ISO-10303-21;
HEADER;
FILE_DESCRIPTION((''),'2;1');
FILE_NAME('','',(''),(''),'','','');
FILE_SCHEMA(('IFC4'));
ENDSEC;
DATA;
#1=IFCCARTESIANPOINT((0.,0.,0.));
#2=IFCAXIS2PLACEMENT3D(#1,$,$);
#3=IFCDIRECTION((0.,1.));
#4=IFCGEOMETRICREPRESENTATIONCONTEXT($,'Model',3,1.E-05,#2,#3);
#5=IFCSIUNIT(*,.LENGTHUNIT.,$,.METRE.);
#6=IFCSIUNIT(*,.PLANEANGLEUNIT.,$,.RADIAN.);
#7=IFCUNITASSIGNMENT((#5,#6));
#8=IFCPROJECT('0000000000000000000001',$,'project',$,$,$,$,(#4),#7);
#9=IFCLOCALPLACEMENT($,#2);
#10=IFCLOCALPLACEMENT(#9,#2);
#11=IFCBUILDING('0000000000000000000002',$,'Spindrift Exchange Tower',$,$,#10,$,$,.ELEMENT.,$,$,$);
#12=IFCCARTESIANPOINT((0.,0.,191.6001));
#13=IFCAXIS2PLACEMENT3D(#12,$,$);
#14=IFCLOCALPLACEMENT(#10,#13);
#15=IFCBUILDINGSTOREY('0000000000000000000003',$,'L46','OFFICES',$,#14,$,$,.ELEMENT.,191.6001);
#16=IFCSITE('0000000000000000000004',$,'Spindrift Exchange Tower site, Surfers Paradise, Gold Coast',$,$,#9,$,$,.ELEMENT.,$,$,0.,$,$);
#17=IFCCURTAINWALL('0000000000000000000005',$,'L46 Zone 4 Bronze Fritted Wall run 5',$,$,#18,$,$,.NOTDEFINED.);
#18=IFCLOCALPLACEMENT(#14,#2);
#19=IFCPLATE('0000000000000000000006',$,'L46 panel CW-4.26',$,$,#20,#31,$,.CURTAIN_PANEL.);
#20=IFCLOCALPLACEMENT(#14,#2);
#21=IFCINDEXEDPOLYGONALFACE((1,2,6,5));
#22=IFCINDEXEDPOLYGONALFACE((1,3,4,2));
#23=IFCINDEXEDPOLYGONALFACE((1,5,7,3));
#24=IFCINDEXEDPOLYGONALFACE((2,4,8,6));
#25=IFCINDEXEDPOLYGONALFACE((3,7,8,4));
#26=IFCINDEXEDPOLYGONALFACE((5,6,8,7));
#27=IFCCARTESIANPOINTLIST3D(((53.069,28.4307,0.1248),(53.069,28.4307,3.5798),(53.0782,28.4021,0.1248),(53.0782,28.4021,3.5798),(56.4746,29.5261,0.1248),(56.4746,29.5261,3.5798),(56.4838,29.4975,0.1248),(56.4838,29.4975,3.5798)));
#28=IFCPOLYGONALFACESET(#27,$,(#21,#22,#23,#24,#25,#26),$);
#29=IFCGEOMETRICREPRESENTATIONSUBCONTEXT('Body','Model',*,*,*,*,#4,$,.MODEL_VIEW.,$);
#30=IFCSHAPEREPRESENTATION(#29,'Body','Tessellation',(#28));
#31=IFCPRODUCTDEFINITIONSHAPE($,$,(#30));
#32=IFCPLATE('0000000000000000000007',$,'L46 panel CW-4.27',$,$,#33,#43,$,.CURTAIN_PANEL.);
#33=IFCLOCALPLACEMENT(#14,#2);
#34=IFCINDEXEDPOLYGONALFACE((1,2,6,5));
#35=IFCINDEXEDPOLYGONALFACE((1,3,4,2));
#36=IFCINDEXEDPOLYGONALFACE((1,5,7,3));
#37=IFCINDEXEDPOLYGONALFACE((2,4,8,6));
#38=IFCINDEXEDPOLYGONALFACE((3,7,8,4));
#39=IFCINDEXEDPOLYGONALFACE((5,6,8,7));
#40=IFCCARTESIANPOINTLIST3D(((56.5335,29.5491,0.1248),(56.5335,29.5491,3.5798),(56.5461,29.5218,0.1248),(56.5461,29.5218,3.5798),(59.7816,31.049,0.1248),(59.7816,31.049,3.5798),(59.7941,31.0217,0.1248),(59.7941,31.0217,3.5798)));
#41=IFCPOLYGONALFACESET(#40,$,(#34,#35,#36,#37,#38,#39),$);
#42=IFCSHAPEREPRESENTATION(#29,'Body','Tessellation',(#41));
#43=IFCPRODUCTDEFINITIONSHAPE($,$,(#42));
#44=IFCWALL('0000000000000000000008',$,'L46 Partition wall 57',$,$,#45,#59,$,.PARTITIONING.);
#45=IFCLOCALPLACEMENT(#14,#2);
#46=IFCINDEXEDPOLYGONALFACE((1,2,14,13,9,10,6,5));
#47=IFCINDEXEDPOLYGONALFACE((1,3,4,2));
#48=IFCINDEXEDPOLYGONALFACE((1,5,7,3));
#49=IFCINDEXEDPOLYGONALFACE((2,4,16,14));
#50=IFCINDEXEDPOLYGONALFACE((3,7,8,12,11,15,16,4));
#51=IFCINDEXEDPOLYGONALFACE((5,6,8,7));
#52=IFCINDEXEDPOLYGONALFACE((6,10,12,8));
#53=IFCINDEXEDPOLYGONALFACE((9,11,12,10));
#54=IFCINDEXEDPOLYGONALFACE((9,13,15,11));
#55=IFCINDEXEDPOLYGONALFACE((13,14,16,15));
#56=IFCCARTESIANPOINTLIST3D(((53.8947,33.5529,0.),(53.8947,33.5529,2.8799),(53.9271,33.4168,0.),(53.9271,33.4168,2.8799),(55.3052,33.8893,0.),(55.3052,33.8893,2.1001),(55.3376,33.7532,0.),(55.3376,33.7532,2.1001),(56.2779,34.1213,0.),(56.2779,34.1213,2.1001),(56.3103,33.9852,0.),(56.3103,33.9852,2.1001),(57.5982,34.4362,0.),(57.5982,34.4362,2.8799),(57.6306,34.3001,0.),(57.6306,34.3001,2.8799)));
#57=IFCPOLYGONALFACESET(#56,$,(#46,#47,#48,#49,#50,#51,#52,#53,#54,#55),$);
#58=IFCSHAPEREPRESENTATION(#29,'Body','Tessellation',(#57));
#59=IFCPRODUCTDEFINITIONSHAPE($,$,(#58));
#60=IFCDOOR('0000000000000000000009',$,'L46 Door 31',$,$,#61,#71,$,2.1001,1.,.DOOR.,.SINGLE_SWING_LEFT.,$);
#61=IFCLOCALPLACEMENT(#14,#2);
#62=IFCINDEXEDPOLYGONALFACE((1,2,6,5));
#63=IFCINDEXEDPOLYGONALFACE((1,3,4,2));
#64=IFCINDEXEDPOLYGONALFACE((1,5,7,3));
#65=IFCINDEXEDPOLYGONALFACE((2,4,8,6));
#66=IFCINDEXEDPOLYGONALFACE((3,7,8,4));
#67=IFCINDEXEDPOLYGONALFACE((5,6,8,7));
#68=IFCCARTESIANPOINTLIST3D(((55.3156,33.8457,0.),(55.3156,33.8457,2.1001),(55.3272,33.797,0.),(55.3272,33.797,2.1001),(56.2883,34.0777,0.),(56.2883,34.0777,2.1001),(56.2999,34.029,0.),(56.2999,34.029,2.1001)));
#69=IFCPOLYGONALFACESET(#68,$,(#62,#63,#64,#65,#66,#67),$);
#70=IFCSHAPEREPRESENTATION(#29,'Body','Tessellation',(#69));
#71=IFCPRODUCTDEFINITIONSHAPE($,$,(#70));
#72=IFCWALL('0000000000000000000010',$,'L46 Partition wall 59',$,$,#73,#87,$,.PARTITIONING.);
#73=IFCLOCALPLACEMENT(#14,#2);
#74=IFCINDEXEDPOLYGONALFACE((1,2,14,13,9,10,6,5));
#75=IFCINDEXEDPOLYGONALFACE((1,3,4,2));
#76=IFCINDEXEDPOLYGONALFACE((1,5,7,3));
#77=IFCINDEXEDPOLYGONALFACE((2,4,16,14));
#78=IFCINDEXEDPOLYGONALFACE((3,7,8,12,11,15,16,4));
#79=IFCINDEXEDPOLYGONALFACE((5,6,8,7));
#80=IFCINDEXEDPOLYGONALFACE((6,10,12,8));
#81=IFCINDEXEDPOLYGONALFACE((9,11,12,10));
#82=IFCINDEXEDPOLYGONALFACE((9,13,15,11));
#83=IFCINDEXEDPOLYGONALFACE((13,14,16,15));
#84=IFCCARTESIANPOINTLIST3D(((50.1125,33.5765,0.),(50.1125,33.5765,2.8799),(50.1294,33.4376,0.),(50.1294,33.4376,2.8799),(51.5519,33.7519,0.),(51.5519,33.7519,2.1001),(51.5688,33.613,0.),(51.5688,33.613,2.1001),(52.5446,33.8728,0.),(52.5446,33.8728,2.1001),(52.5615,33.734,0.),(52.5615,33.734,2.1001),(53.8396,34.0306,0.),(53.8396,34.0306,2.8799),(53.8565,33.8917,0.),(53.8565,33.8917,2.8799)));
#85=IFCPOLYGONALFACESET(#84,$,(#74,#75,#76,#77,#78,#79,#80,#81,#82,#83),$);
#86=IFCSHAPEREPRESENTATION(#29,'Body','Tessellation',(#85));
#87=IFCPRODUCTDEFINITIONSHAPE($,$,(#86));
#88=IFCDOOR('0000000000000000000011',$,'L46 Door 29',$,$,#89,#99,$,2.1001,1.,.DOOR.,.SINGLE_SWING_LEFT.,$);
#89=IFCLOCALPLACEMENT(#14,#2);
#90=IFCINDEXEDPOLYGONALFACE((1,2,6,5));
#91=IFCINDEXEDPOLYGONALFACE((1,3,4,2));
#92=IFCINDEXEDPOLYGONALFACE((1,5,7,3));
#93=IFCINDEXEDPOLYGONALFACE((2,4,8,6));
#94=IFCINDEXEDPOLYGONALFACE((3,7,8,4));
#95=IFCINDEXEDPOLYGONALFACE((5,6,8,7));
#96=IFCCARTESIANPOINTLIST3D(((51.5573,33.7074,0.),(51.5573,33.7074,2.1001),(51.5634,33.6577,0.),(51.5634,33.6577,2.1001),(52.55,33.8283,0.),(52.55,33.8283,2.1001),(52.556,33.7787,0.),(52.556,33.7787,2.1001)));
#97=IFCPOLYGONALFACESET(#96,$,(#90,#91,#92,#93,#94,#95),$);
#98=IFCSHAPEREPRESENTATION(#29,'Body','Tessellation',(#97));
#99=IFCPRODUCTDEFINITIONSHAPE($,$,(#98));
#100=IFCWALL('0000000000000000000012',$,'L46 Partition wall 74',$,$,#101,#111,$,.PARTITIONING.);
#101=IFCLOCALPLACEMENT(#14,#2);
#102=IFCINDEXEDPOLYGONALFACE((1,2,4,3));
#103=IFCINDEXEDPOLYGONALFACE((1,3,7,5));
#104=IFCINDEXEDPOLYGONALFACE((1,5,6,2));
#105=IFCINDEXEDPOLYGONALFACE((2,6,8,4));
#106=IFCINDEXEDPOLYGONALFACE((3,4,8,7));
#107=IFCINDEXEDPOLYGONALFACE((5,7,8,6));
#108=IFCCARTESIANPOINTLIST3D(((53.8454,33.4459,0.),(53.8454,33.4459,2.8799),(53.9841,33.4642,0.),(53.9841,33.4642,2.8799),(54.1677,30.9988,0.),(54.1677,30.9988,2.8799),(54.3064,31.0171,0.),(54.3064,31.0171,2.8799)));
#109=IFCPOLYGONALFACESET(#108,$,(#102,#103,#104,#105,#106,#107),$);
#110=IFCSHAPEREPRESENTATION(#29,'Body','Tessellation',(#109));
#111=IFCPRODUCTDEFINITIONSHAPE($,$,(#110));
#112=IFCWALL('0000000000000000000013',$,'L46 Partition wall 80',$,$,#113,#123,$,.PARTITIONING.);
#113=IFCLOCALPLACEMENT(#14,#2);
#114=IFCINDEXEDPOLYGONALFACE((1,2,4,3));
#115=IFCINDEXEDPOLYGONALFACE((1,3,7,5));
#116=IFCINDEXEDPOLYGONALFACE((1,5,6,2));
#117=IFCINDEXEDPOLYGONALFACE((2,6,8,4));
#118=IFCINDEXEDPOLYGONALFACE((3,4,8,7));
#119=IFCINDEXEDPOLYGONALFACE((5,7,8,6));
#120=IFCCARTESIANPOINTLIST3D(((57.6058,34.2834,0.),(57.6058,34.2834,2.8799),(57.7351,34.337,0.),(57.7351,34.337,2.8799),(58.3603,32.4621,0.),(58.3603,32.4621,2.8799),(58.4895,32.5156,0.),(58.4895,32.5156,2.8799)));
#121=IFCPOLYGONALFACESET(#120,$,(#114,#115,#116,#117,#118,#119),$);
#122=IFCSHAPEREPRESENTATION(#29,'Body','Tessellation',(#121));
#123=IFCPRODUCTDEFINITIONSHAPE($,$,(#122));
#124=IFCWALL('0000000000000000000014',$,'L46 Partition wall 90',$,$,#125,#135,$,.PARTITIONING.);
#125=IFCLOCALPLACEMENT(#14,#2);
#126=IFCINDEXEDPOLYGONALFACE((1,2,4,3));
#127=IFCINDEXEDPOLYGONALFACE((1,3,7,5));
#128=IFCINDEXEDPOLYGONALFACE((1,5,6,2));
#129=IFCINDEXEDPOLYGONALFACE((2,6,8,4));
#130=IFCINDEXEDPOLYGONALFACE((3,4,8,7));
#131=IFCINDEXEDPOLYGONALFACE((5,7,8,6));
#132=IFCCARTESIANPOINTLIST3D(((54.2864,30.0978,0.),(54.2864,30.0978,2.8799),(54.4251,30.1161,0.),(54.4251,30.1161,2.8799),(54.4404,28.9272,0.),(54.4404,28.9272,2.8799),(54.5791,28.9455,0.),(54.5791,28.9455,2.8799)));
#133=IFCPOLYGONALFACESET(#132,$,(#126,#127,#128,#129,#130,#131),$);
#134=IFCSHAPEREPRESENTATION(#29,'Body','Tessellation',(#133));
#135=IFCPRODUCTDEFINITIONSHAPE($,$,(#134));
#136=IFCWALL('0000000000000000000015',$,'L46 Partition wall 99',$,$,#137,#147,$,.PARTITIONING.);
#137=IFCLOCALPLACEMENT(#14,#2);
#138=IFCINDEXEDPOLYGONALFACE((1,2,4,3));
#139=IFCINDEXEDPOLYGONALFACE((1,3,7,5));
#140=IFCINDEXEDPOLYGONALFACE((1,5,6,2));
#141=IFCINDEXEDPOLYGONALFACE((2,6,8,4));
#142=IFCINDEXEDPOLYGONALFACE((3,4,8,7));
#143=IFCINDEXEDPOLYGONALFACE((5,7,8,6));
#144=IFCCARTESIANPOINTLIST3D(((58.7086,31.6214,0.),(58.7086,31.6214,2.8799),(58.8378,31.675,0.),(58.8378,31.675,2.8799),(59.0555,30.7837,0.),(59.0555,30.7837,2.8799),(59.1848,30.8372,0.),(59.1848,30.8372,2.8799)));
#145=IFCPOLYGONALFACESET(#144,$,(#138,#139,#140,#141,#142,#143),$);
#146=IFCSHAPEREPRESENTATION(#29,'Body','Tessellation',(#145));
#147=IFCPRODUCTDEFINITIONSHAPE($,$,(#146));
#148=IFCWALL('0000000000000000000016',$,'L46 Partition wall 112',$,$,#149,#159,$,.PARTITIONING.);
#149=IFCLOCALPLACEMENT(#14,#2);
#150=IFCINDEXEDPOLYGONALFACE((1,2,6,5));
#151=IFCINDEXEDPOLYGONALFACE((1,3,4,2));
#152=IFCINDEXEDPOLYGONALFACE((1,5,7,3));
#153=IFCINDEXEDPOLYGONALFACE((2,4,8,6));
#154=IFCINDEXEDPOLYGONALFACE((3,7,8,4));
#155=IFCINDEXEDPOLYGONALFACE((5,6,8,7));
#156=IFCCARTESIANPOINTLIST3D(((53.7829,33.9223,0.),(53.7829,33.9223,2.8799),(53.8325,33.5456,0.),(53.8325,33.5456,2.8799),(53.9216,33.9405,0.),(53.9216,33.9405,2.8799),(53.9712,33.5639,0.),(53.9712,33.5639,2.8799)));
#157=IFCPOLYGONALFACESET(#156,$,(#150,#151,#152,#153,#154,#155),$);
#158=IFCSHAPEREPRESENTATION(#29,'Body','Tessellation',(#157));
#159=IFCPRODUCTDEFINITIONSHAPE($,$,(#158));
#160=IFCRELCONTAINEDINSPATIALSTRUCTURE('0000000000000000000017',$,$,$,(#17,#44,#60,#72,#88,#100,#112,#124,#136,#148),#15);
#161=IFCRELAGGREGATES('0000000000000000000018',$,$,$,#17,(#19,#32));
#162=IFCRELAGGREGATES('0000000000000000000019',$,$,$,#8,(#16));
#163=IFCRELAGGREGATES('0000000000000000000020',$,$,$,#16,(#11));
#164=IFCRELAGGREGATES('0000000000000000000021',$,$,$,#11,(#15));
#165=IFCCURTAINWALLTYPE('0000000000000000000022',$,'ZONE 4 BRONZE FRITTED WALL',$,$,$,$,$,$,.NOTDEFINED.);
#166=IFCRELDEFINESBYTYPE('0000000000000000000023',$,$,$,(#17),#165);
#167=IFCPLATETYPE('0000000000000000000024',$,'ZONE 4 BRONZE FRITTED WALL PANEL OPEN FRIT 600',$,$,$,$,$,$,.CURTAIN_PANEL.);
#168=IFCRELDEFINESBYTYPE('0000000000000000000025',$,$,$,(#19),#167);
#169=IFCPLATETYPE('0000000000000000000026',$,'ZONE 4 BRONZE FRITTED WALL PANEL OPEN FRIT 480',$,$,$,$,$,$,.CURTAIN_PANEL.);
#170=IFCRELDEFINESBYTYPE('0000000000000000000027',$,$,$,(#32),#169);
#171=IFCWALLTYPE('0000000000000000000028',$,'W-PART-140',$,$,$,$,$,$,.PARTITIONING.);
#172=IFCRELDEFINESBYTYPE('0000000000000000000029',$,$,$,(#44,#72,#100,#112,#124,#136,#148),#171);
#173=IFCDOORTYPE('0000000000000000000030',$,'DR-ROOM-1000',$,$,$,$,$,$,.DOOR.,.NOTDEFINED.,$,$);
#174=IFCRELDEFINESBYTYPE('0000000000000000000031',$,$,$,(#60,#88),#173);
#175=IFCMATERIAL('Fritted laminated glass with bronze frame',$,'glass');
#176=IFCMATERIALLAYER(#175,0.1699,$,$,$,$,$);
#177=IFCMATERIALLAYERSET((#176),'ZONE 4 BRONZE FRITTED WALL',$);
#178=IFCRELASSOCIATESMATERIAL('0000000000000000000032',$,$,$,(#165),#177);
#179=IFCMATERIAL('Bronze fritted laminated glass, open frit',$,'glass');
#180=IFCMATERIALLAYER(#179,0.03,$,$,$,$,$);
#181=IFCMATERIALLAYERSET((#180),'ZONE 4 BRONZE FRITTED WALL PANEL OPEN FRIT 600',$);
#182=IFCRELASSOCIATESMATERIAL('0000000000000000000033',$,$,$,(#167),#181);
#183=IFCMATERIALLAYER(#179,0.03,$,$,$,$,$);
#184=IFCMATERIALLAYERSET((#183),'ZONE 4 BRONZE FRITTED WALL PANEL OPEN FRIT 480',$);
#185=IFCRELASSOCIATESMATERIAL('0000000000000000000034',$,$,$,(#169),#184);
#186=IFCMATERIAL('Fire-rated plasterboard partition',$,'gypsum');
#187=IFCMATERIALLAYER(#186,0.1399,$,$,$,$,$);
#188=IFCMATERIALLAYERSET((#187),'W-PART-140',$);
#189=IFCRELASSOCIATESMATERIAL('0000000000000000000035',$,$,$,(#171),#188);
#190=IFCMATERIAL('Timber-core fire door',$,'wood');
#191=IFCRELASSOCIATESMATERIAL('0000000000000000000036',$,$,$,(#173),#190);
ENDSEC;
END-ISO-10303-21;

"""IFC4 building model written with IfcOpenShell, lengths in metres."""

from ifc_helpers import new_model, si_unit, direction, frame, frame_2d, origin, origin_2d, place, context, subcontext, project, spatial, rectangle, extrude, source, transform, mapped, material, layer, layer_set, type_object, element, fill, aggregate, save


model = new_model("IFC4")

# Units and contexts
model_context = context("Model", 3, precision=1e-05, world=origin(), true_north=direction((0.0, 1.0)))
body_context = subcontext(model_context, "Body", "Model", "MODEL_VIEW")
ifc_project = project(units=[si_unit("LENGTHUNIT", "METRE"), si_unit("PLANEANGLEUNIT", "RADIAN")], contexts=[model_context])

# Site, building, storey
site_placement = place(None, origin())
site = spatial("IfcSite", under=ifc_project, at=site_placement, Name="Spindrift Exchange Tower site, Surfers Paradise, Gold Coast", CompositionType="ELEMENT", RefElevation=0.0)
building_placement = place(site_placement, origin())
building = spatial("IfcBuilding", under=site, at=building_placement, Name="Spindrift Exchange Tower", CompositionType="ELEMENT")
storey_placement = place(building_placement, frame((0.0, 0.0, 191.6001)))
storey = spatial("IfcBuildingStorey", under=building, at=storey_placement, Name="L46", Description="OFFICES", CompositionType="ELEMENT", Elevation=191.6001)

# Curtain wall, plates
ifc_material_1 = material(Name="Fritted laminated glass with bronze frame", Category="glass")
ifc_layer_1 = layer(ifc_material_1, 0.1699)
ifc_layer_set_1 = layer_set([ifc_layer_1], Name="ZONE 4 BRONZE FRITTED WALL")
curtain_wall_type = type_object("IfcCurtainWallType", Name="ZONE 4 BRONZE FRITTED WALL", PredefinedType="NOTDEFINED", material=ifc_layer_set_1)
curtain_wall_placement = place(storey_placement, origin())
curtain_wall = element("IfcCurtainWall", 1, at=curtain_wall_placement, inside=storey, type_object=curtain_wall_type, Name="L46 Zone 4 Bronze Fritted Wall run 5", PredefinedType="NOTDEFINED")
ifc_material_2 = material(Name="Bronze fritted laminated glass, open frit", Category="glass")
ifc_layer_2 = layer(ifc_material_2, 0.03)
ifc_layer_set_2 = layer_set([ifc_layer_2], Name="ZONE 4 BRONZE FRITTED WALL PANEL OPEN FRIT 600")
plate_type_1 = type_object("IfcPlateType", Name="ZONE 4 BRONZE FRITTED WALL PANEL OPEN FRIT 600", PredefinedType="CURTAIN_PANEL", material=ifc_layer_set_2)
shared_shape_1 = source(origin(), body_context, "Body", "SweptSolid", [
    extrude(rectangle(XDim=3.5774, YDim=0.03, at=origin_2d()), origin(), (0.0, 0.0, 1.0), 3.4551),
])
plate_1_placement = place(storey_placement, frame((54.7764, 28.9641, 0.1248), z_axis=(0.0, 0.0, 1.0), x_axis=(0.951971, 0.306187, 0.0)))
plate_1 = element("IfcPlate", 2, at=plate_1_placement, type_object=plate_type_1, Name="L46 panel CW-4.26", PredefinedType="CURTAIN_PANEL", context=body_context, shape_type="MappedRepresentation", body=[
    mapped(shared_shape_1, transform((0.0, 0.0, 0.0), scale=1.0)),
])
ifc_layer_3 = layer(ifc_material_2, 0.03)
ifc_layer_set_3 = layer_set([ifc_layer_3], Name="ZONE 4 BRONZE FRITTED WALL PANEL OPEN FRIT 480")
plate_type_2 = type_object("IfcPlateType", Name="ZONE 4 BRONZE FRITTED WALL PANEL OPEN FRIT 480", PredefinedType="CURTAIN_PANEL", material=ifc_layer_set_3)
shared_shape_2 = source(origin(), body_context, "Body", "SweptSolid", [
    extrude(rectangle(XDim=3.5776, YDim=0.03, at=origin_2d()), origin(), (0.0, 0.0, 1.0), 3.4551),
])
plate_2_placement = place(storey_placement, frame((58.1638, 30.2854, 0.1248), z_axis=(0.0, 0.0, 1.0), x_axis=(0.907881, 0.419227, 0.0)))
plate_2 = element("IfcPlate", 3, at=plate_2_placement, type_object=plate_type_2, Name="L46 panel CW-4.27", PredefinedType="CURTAIN_PANEL", context=body_context, shape_type="MappedRepresentation", body=[
    mapped(shared_shape_2, transform((0.0, 0.0, 0.0), scale=1.0)),
])
aggregate(curtain_wall, [plate_1, plate_2])

# Walls, openings, doors
ifc_material_3 = material(Name="Fire-rated plasterboard partition", Category="gypsum")
ifc_layer_4 = layer(ifc_material_3, 0.1399)
ifc_layer_set_4 = layer_set([ifc_layer_4], Name="W-PART-140")
wall_type = type_object("IfcWallType", Name="W-PART-140", PredefinedType="PARTITIONING", material=ifc_layer_set_4)
wall_1_placement = place(storey_placement, frame((57.6145, 34.3682, 0.0), z_axis=(0.0, 0.0, 1.0), x_axis=(-0.972718, -0.23199, 0.0)))
wall_1 = element("IfcWall", 4, at=wall_1_placement, inside=storey, type_object=wall_type, Name="L46 Partition wall 57", PredefinedType="PARTITIONING", context=body_context, shape_type="SweptSolid", body=[
    extrude(rectangle(XDim=3.8074, YDim=0.1399, at=frame_2d((1.9038, 0.0))), origin(), (0.0, 0.0, 1.0), 2.8799),
])
opening_1_placement = place(wall_1_placement, frame((1.3574, 0.0, 0.0)))
opening_1 = element("IfcOpeningElement", 5, at=opening_1_placement, cuts=wall_1, PredefinedType="OPENING", context=body_context, shape_type="SweptSolid", body=[
    extrude(rectangle(XDim=1.0, YDim=2.1001, at=frame_2d((0.5, 1.05))), frame((0.0, 0.0798, 0.0), z_axis=(0.0, -1.0, 0.0), x_axis=(1.0, 0.0, 0.0)), (0.0, 0.0, 1.0), 0.1599),
])
ifc_material_4 = material(Name="Timber-core fire door", Category="wood")
door_type = type_object("IfcDoorType", Name="DR-ROOM-1000", OperationType="NOTDEFINED", PredefinedType="DOOR", material=ifc_material_4)
shared_shape_3 = source(origin(), body_context, "Body", "SweptSolid", [
    extrude(rectangle(XDim=1.0, YDim=2.1001, at=frame_2d((0.5, 1.05))), frame((0.0, 0.0249, 0.0), z_axis=(0.0, -1.0, 0.0), x_axis=(1.0, 0.0, 0.0)), (0.0, 0.0, 1.0), 0.05),
])
door_1_placement = place(opening_1_placement, origin())
door_1 = element("IfcDoor", 6, at=door_1_placement, inside=storey, type_object=door_type, Name="L46 Door 31", OperationType="SINGLE_SWING_LEFT", OverallHeight=2.1001, OverallWidth=1.0, PredefinedType="DOOR", context=body_context, shape_type="MappedRepresentation", body=[
    mapped(shared_shape_3, transform((0.0, 0.0, 0.0), scale=1.0)),
])
fill(opening_1, door_1)
wall_2_placement = place(storey_placement, frame((53.8481, 33.9612, 0.0), z_axis=(0.0, 0.0, 1.0), x_axis=(-0.992659, -0.120945, 0.0)))
wall_2 = element("IfcWall", 7, at=wall_2_placement, inside=storey, type_object=wall_type, Name="L46 Partition wall 59", PredefinedType="PARTITIONING", context=body_context, shape_type="SweptSolid", body=[
    extrude(rectangle(XDim=3.7546, YDim=0.1399, at=frame_2d((1.8774, 0.0))), origin(), (0.0, 0.0, 1.0), 2.8799),
])
opening_2_placement = place(wall_2_placement, frame((1.3047, 0.0, 0.0)))
opening_2 = element("IfcOpeningElement", 8, at=opening_2_placement, cuts=wall_2, PredefinedType="OPENING", context=body_context, shape_type="SweptSolid", body=[
    extrude(rectangle(XDim=1.0, YDim=2.1001, at=frame_2d((0.5, 1.05))), frame((0.0, 0.0798, 0.0), z_axis=(0.0, -1.0, 0.0), x_axis=(1.0, 0.0, 0.0)), (0.0, 0.0, 1.0), 0.1599),
])
door_2_placement = place(opening_2_placement, origin())
door_2 = element("IfcDoor", 9, at=door_2_placement, inside=storey, type_object=door_type, Name="L46 Door 29", OperationType="SINGLE_SWING_LEFT", OverallHeight=2.1001, OverallWidth=1.0, PredefinedType="DOOR", context=body_context, shape_type="MappedRepresentation", body=[
    mapped(shared_shape_3, transform((0.0, 0.0, 0.0), scale=1.0)),
])
fill(opening_2, door_2)

# Walls
wall_3_placement = place(storey_placement, frame((53.9148, 33.4551, 0.0), z_axis=(0.0, 0.0, 1.0), x_axis=(0.13057, -0.991439, 0.0)))
element("IfcWall", 10, at=wall_3_placement, inside=storey, type_object=wall_type, Name="L46 Partition wall 74", PredefinedType="PARTITIONING", context=body_context, shape_type="SweptSolid", body=[
    extrude(rectangle(XDim=2.4683, YDim=0.1399, at=frame_2d((1.2341, 0.0))), origin(), (0.0, 0.0, 1.0), 2.8799),
])
wall_4_placement = place(storey_placement, frame((57.6704, 34.3103, 0.0), z_axis=(0.0, 0.0, 1.0), x_axis=(0.38268, -0.923881, 0.0)))
element("IfcWall", 11, at=wall_4_placement, inside=storey, type_object=wall_type, Name="L46 Partition wall 80", PredefinedType="PARTITIONING", context=body_context, shape_type="SweptSolid", body=[
    extrude(rectangle(XDim=1.9714, YDim=0.1399, at=frame_2d((0.9858, 0.0))), origin(), (0.0, 0.0, 1.0), 2.8799),
])
wall_5_placement = place(storey_placement, frame((54.3557, 30.1069, 0.0), z_axis=(0.0, 0.0, 1.0), x_axis=(0.130471, -0.991452, 0.0)))
element("IfcWall", 12, at=wall_5_placement, inside=storey, type_object=wall_type, Name="L46 Partition wall 90", PredefinedType="PARTITIONING", context=body_context, shape_type="SweptSolid", body=[
    extrude(rectangle(XDim=1.1807, YDim=0.1399, at=frame_2d((0.5903, 0.0))), origin(), (0.0, 0.0, 1.0), 2.8799),
])
wall_6_placement = place(storey_placement, frame((58.7732, 31.6482, 0.0), z_axis=(0.0, 0.0, 1.0), x_axis=(0.382645, -0.923895, 0.0)))
element("IfcWall", 13, at=wall_6_placement, inside=storey, type_object=wall_type, Name="L46 Partition wall 99", PredefinedType="PARTITIONING", context=body_context, shape_type="SweptSolid", body=[
    extrude(rectangle(XDim=0.9067, YDim=0.1399, at=frame_2d((0.4534, 0.0))), origin(), (0.0, 0.0, 1.0), 2.8799),
])
wall_7_placement = place(storey_placement, frame((53.8523, 33.9314, 0.0), z_axis=(0.0, 0.0, 1.0), x_axis=(0.130438, -0.991456, 0.0)))
element("IfcWall", 14, at=wall_7_placement, inside=storey, type_object=wall_type, Name="L46 Partition wall 112", PredefinedType="PARTITIONING", context=body_context, shape_type="SweptSolid", body=[
    extrude(rectangle(XDim=0.3799, YDim=0.1399, at=frame_2d((0.1899, 0.0))), origin(), (0.0, 0.0, 1.0), 2.8799),
])

save(model, "model.ifc")
